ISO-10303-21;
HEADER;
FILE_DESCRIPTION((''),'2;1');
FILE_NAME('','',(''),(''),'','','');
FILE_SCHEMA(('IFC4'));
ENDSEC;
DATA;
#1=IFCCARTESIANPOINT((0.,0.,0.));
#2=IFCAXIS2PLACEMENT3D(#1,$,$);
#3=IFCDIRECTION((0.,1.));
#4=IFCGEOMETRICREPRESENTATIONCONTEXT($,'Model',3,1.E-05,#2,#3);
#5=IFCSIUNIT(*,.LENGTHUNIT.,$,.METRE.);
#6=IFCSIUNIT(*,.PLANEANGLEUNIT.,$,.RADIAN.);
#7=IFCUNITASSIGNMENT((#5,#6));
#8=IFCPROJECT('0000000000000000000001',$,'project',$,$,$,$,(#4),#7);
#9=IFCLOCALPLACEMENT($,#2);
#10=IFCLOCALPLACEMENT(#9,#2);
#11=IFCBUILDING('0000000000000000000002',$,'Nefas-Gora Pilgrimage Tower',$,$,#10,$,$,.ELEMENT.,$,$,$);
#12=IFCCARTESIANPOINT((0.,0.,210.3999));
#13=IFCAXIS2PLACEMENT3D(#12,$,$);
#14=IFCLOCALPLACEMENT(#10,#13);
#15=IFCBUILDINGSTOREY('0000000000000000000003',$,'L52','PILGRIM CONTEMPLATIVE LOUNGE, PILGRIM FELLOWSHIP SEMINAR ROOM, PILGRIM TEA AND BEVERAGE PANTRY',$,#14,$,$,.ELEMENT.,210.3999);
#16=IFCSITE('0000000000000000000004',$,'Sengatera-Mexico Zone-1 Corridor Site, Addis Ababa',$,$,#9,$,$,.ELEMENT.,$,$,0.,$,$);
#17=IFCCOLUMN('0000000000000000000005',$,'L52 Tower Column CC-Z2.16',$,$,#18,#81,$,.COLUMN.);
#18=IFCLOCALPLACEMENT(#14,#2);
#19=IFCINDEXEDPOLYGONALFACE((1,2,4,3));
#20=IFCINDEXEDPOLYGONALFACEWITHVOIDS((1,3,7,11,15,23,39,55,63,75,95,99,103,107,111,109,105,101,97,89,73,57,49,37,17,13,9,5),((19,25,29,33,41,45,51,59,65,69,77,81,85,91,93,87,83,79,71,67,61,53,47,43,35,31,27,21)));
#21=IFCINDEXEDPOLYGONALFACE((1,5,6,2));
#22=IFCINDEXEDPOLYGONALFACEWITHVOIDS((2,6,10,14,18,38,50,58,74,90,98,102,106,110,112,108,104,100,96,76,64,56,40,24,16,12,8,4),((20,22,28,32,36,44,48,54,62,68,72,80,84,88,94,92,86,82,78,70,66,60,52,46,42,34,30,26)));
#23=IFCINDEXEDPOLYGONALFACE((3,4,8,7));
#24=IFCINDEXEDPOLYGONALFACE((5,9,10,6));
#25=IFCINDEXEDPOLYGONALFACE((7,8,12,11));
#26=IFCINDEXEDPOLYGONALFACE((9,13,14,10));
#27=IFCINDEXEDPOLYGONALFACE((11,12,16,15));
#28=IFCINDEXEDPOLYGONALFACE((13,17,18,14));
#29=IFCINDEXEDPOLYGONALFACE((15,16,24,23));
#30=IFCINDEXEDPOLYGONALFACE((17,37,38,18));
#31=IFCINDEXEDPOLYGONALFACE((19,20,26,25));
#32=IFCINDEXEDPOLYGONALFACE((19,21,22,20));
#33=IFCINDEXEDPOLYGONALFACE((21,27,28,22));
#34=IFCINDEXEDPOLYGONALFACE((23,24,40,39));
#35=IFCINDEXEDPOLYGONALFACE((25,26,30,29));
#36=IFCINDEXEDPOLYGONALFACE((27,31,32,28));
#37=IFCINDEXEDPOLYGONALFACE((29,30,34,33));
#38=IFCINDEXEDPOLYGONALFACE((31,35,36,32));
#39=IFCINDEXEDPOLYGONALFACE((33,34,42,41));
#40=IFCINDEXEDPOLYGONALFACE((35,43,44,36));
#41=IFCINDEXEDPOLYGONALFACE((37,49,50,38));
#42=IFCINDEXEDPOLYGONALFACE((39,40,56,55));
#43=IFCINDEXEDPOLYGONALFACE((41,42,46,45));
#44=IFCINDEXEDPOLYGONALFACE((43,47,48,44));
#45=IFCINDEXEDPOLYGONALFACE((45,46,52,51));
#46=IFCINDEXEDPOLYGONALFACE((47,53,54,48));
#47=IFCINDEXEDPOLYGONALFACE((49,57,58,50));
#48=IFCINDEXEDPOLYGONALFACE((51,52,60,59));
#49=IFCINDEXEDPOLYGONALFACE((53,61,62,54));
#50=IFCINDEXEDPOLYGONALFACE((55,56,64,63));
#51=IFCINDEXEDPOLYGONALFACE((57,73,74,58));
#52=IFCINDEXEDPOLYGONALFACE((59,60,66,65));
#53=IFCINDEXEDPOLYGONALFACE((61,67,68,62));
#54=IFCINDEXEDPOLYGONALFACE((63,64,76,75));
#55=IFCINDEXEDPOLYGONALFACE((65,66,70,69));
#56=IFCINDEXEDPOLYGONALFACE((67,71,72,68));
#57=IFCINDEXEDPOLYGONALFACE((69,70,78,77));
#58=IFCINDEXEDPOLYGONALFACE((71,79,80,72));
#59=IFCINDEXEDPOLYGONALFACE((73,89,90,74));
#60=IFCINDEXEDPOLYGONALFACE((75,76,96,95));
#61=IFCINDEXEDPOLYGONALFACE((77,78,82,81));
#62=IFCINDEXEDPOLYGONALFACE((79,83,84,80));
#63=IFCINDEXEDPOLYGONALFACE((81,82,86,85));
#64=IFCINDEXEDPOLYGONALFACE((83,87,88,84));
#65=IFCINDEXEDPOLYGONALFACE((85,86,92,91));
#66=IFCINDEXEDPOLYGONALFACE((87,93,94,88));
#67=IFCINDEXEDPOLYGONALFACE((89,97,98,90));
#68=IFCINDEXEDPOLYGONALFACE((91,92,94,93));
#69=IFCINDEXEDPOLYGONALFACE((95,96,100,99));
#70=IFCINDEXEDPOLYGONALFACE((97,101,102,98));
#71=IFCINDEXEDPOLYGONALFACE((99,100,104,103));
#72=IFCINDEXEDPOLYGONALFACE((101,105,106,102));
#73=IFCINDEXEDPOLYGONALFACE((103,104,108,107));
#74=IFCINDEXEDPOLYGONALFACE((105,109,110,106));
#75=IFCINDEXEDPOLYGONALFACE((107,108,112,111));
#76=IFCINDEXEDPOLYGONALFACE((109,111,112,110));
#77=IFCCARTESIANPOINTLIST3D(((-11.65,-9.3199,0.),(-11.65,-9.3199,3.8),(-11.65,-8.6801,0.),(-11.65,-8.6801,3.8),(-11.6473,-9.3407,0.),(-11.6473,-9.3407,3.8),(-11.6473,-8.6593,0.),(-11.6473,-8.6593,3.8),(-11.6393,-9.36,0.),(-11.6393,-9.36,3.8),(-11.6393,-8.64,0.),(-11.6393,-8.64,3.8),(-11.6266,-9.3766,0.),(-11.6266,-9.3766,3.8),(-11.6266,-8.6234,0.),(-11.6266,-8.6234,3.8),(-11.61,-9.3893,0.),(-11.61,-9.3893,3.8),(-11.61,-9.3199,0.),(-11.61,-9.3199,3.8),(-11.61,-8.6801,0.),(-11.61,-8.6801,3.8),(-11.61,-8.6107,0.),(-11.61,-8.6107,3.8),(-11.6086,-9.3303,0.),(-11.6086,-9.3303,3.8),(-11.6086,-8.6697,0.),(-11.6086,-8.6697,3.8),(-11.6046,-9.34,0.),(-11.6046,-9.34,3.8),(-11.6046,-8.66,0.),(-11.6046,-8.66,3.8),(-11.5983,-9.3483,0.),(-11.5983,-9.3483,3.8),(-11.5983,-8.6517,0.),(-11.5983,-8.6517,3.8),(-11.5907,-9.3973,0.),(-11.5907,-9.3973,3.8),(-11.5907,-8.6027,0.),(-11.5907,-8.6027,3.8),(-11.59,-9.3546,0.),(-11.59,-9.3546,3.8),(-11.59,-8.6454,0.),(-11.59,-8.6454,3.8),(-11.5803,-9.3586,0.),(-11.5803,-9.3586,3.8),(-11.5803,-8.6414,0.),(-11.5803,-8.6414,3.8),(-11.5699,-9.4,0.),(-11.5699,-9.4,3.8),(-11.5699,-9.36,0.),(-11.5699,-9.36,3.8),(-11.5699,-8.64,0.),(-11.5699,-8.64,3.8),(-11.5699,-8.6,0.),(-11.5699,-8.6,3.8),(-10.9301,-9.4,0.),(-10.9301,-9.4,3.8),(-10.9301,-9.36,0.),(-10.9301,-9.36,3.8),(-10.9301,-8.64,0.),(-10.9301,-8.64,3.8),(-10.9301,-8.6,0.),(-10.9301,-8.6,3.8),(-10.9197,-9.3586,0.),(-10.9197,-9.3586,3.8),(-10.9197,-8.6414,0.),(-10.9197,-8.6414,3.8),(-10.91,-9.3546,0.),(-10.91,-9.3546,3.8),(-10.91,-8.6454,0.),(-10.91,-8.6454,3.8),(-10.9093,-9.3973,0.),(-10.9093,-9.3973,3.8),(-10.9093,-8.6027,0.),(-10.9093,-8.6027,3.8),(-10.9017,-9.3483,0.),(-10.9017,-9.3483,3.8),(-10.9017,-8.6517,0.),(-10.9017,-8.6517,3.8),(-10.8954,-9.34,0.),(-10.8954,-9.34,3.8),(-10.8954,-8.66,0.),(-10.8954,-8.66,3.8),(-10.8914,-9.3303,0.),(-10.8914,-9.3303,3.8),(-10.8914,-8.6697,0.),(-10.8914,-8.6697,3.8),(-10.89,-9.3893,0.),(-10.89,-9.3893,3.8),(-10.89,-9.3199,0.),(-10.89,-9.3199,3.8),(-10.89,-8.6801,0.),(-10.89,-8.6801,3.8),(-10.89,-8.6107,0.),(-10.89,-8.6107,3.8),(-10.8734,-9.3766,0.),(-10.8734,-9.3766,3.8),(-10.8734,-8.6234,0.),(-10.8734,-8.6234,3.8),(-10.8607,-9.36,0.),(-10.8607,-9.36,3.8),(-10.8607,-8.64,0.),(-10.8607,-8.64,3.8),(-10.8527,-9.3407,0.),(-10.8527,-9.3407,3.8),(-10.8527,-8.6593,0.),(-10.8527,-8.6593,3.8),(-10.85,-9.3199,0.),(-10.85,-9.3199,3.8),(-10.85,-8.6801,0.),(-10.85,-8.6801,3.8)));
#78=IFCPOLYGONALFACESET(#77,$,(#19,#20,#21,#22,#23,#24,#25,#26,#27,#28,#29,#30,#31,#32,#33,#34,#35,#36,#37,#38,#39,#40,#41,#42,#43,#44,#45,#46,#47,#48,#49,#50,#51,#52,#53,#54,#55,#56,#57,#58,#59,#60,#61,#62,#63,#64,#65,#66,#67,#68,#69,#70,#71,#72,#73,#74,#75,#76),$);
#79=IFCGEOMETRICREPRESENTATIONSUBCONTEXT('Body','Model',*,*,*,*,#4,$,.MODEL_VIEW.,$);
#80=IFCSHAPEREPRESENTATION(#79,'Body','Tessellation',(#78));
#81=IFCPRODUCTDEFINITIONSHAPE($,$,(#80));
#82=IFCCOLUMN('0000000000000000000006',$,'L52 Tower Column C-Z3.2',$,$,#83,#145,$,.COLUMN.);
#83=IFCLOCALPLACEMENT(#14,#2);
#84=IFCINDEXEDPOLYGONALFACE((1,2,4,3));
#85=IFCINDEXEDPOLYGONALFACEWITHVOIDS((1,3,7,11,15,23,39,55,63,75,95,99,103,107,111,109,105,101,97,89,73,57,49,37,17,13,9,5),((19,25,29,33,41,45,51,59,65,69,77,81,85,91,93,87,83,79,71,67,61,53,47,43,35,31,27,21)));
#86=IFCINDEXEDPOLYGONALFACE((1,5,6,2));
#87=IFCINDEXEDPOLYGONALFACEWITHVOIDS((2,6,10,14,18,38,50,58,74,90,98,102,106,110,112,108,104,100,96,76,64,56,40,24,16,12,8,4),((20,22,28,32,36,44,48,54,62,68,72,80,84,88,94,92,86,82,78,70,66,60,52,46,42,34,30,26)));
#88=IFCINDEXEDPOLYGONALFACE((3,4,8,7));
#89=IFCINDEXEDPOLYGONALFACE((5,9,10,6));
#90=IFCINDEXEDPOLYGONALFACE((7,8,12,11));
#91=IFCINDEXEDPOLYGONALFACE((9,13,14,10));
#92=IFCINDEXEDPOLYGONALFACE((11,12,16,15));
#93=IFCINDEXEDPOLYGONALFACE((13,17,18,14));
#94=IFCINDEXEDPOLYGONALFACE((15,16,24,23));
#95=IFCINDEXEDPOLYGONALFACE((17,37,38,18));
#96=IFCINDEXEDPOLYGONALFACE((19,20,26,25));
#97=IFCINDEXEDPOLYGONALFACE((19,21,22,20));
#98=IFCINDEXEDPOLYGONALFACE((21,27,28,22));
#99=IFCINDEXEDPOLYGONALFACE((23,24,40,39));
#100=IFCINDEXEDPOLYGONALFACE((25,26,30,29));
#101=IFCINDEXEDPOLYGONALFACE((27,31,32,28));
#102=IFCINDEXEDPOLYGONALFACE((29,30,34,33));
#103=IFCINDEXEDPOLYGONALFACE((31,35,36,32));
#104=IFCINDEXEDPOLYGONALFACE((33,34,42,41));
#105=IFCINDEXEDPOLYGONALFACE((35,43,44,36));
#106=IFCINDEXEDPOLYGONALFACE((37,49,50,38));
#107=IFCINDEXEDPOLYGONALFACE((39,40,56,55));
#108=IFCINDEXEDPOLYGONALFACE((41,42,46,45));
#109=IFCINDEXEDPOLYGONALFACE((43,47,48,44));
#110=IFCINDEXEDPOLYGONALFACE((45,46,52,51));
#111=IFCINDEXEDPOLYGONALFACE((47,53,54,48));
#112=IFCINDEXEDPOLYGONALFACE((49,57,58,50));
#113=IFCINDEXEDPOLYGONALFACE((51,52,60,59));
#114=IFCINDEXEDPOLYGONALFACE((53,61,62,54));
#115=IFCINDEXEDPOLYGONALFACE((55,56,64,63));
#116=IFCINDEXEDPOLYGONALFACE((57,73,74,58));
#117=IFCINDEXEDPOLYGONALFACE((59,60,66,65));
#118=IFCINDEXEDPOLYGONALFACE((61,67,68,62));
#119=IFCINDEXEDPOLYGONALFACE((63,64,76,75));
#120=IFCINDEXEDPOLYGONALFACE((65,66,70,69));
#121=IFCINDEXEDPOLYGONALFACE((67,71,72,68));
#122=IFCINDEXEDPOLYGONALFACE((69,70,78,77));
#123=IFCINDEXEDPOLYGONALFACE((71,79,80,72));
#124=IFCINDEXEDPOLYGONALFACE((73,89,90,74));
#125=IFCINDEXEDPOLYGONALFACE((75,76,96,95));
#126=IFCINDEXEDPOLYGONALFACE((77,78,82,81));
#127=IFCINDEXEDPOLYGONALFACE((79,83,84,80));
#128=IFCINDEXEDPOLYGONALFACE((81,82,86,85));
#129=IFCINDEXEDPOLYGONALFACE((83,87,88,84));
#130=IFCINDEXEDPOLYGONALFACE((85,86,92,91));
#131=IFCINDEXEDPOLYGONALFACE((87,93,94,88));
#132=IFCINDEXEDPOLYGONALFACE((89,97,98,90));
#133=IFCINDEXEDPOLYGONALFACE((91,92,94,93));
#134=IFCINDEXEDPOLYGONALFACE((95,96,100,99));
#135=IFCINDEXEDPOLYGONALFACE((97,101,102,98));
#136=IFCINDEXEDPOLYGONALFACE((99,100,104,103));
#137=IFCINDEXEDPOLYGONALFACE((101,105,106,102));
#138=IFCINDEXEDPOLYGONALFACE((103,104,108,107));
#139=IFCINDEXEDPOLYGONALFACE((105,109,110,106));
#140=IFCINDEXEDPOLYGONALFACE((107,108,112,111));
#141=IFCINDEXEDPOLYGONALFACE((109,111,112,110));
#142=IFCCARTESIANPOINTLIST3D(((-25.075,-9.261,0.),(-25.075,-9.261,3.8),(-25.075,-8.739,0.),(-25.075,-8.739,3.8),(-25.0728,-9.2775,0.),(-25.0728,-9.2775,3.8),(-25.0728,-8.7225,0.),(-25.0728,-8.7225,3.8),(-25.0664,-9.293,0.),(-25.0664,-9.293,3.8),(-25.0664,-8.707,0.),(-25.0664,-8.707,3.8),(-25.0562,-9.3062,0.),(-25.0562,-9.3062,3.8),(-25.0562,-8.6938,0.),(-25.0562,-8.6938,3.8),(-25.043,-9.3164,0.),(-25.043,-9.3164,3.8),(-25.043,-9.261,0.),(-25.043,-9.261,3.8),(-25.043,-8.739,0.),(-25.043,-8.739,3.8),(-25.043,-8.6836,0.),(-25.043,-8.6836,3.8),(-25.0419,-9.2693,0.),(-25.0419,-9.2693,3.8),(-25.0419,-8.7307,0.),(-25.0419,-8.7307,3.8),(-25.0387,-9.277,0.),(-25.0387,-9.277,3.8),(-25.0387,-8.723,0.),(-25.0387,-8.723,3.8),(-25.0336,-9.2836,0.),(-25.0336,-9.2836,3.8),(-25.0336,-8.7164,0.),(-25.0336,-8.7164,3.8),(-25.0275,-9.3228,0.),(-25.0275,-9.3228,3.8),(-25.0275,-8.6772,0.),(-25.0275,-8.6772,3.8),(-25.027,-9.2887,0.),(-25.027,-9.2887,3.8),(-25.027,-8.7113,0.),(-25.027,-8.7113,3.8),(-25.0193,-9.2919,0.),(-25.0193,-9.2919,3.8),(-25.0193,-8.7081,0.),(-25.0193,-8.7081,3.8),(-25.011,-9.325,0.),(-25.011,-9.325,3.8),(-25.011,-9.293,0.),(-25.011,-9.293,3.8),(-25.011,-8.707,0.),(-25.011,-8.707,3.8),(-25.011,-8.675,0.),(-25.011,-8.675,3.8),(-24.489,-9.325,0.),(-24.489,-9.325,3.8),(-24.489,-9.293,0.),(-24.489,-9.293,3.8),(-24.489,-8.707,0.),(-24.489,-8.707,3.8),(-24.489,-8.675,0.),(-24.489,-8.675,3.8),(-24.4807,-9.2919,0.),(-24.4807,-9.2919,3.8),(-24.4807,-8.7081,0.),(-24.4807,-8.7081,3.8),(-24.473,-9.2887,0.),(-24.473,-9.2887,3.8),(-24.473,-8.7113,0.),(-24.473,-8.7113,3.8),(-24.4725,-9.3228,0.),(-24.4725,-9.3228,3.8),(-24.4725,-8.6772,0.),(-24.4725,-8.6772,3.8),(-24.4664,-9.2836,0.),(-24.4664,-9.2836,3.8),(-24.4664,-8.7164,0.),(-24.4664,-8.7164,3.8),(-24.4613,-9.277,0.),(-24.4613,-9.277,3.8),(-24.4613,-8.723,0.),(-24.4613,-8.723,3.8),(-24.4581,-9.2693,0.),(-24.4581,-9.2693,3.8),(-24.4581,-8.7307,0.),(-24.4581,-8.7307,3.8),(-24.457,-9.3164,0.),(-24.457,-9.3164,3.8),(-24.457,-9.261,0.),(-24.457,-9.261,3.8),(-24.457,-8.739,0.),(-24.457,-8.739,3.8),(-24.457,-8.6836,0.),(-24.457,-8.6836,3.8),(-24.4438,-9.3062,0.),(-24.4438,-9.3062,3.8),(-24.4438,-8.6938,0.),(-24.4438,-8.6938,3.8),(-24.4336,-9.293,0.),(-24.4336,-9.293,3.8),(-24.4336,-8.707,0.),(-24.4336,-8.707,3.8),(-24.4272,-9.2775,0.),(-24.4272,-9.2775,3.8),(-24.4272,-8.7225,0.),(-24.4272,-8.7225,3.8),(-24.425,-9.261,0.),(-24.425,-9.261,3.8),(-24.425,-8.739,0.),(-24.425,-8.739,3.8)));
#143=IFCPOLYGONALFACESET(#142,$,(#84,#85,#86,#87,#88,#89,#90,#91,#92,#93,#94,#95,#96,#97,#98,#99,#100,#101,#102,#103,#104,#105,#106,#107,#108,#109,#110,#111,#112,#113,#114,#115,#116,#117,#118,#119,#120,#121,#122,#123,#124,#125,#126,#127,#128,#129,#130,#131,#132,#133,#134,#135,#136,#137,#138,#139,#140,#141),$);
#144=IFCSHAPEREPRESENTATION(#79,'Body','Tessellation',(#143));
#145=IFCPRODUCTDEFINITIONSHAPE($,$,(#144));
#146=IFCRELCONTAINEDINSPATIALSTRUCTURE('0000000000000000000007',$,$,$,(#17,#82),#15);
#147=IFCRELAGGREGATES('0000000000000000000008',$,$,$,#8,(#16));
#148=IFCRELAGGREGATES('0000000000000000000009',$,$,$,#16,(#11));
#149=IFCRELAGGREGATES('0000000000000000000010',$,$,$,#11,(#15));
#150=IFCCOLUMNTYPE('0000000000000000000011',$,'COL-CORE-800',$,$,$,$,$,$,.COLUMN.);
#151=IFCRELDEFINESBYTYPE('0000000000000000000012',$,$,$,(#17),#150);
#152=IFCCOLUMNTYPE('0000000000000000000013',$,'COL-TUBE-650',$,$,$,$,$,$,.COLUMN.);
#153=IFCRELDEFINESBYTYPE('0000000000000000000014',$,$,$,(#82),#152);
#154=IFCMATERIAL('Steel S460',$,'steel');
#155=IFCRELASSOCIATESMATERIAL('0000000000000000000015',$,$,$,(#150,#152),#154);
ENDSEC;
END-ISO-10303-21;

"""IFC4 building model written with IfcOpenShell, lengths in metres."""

from ifc_helpers import new_model, si_unit, direction, frame, origin, origin_2d, place, context, subcontext, project, spatial, hollow_rectangle, extrude, source, transform, mapped, material, material_profile, profile_set, type_object, element, save


model = new_model("IFC4")

# Units and contexts
model_context = context("Model", 3, precision=1e-05, world=origin(), true_north=direction((0.0, 1.0)))
body_context = subcontext(model_context, "Body", "Model", "MODEL_VIEW")
ifc_project = project(units=[si_unit("LENGTHUNIT", "METRE"), si_unit("PLANEANGLEUNIT", "RADIAN")], contexts=[model_context])

# Site, building, storey
site_placement = place(None, origin())
site = spatial("IfcSite", under=ifc_project, at=site_placement, Name="Sengatera-Mexico Zone-1 Corridor Site, Addis Ababa", CompositionType="ELEMENT", RefElevation=0.0)
building_placement = place(site_placement, origin())
building = spatial("IfcBuilding", under=site, at=building_placement, Name="Nefas-Gora Pilgrimage Tower", CompositionType="ELEMENT")
storey_placement = place(building_placement, frame((0.0, 0.0, 210.3999)))
storey = spatial("IfcBuildingStorey", under=building, at=storey_placement, Name="L52", Description="PILGRIM CONTEMPLATIVE LOUNGE, PILGRIM FELLOWSHIP SEMINAR ROOM, PILGRIM TEA AND BEVERAGE PANTRY", CompositionType="ELEMENT", Elevation=210.3999)

# Columns
ifc_material_1 = material(Name="Steel S460", Category="steel")
ifc_material_profile_1 = material_profile(ifc_material_1, hollow_rectangle(XDim=0.8, YDim=0.8, WallThickness=0.04, InnerFilletRadius=0.04, OuterFilletRadius=0.0801, at=origin_2d()), Name="BOX 800x800x40")
ifc_profile_set_1 = profile_set([ifc_material_profile_1], Name="Steel S460")
column_type_1 = type_object("IfcColumnType", Name="COL-CORE-800", PredefinedType="COLUMN", material=ifc_profile_set_1)
shared_shape_1 = source(origin(), body_context, "Body", "SweptSolid", [
    extrude(hollow_rectangle(XDim=0.8, YDim=0.8, WallThickness=0.04, InnerFilletRadius=0.04, OuterFilletRadius=0.0801, at=origin_2d()), origin(), (0.0, 0.0, 1.0), 3.8),
])
column_placement = place(storey_placement, frame((-11.25, -9.0, 0.0), z_axis=(0.0, 0.0, 1.0), x_axis=(1.0, 0.0, 0.0)))
element("IfcColumn", 1, at=column_placement, inside=storey, type_object=column_type_1, Name="L52 Tower Column CC-Z2.16", PredefinedType="COLUMN", context=body_context, shape_type="MappedRepresentation", body=[
    mapped(shared_shape_1, transform((0.0, 0.0, 0.0), x_axis=(1.0, 0.0, 0.0), y_axis=(0.0, 1.0, 0.0), z_axis=(0.0, 0.0, 1.0), scale=1.0)),
])
ifc_material_profile_2 = material_profile(ifc_material_1, hollow_rectangle(XDim=0.6499, YDim=0.6499, WallThickness=0.032, InnerFilletRadius=0.032, OuterFilletRadius=0.064, at=origin_2d()), Name="BOX 650x650x32")
ifc_profile_set_2 = profile_set([ifc_material_profile_2], Name="Steel S460")
column_type_2 = type_object("IfcColumnType", Name="COL-TUBE-650", PredefinedType="COLUMN", material=ifc_profile_set_2)
shared_shape_2 = source(origin(), body_context, "Body", "SweptSolid", [
    extrude(hollow_rectangle(XDim=0.6499, YDim=0.6499, WallThickness=0.032, InnerFilletRadius=0.032, OuterFilletRadius=0.064, at=origin_2d()), origin(), (0.0, 0.0, 1.0), 3.8),
])
for number, where, z_axis, x_axis, name in (
    (2, (-24.75, -9.0, 0.0), (0.0, 0.0, 1.0), (1.0, 0.0, 0.0), "L52 Tower Column C-Z3.2"),
):
    element("IfcColumn", number, at=place(storey_placement, frame(where, z_axis=z_axis, x_axis=x_axis)), inside=storey, type_object=column_type_2, Name=name, PredefinedType="COLUMN", context=body_context, shape_type="MappedRepresentation", body=[
        mapped(shared_shape_2, transform((0.0, 0.0, 0.0), x_axis=(1.0, 0.0, 0.0), y_axis=(0.0, 1.0, 0.0), z_axis=(0.0, 0.0, 1.0), scale=1.0)),
    ])

save(model, "model.ifc")
